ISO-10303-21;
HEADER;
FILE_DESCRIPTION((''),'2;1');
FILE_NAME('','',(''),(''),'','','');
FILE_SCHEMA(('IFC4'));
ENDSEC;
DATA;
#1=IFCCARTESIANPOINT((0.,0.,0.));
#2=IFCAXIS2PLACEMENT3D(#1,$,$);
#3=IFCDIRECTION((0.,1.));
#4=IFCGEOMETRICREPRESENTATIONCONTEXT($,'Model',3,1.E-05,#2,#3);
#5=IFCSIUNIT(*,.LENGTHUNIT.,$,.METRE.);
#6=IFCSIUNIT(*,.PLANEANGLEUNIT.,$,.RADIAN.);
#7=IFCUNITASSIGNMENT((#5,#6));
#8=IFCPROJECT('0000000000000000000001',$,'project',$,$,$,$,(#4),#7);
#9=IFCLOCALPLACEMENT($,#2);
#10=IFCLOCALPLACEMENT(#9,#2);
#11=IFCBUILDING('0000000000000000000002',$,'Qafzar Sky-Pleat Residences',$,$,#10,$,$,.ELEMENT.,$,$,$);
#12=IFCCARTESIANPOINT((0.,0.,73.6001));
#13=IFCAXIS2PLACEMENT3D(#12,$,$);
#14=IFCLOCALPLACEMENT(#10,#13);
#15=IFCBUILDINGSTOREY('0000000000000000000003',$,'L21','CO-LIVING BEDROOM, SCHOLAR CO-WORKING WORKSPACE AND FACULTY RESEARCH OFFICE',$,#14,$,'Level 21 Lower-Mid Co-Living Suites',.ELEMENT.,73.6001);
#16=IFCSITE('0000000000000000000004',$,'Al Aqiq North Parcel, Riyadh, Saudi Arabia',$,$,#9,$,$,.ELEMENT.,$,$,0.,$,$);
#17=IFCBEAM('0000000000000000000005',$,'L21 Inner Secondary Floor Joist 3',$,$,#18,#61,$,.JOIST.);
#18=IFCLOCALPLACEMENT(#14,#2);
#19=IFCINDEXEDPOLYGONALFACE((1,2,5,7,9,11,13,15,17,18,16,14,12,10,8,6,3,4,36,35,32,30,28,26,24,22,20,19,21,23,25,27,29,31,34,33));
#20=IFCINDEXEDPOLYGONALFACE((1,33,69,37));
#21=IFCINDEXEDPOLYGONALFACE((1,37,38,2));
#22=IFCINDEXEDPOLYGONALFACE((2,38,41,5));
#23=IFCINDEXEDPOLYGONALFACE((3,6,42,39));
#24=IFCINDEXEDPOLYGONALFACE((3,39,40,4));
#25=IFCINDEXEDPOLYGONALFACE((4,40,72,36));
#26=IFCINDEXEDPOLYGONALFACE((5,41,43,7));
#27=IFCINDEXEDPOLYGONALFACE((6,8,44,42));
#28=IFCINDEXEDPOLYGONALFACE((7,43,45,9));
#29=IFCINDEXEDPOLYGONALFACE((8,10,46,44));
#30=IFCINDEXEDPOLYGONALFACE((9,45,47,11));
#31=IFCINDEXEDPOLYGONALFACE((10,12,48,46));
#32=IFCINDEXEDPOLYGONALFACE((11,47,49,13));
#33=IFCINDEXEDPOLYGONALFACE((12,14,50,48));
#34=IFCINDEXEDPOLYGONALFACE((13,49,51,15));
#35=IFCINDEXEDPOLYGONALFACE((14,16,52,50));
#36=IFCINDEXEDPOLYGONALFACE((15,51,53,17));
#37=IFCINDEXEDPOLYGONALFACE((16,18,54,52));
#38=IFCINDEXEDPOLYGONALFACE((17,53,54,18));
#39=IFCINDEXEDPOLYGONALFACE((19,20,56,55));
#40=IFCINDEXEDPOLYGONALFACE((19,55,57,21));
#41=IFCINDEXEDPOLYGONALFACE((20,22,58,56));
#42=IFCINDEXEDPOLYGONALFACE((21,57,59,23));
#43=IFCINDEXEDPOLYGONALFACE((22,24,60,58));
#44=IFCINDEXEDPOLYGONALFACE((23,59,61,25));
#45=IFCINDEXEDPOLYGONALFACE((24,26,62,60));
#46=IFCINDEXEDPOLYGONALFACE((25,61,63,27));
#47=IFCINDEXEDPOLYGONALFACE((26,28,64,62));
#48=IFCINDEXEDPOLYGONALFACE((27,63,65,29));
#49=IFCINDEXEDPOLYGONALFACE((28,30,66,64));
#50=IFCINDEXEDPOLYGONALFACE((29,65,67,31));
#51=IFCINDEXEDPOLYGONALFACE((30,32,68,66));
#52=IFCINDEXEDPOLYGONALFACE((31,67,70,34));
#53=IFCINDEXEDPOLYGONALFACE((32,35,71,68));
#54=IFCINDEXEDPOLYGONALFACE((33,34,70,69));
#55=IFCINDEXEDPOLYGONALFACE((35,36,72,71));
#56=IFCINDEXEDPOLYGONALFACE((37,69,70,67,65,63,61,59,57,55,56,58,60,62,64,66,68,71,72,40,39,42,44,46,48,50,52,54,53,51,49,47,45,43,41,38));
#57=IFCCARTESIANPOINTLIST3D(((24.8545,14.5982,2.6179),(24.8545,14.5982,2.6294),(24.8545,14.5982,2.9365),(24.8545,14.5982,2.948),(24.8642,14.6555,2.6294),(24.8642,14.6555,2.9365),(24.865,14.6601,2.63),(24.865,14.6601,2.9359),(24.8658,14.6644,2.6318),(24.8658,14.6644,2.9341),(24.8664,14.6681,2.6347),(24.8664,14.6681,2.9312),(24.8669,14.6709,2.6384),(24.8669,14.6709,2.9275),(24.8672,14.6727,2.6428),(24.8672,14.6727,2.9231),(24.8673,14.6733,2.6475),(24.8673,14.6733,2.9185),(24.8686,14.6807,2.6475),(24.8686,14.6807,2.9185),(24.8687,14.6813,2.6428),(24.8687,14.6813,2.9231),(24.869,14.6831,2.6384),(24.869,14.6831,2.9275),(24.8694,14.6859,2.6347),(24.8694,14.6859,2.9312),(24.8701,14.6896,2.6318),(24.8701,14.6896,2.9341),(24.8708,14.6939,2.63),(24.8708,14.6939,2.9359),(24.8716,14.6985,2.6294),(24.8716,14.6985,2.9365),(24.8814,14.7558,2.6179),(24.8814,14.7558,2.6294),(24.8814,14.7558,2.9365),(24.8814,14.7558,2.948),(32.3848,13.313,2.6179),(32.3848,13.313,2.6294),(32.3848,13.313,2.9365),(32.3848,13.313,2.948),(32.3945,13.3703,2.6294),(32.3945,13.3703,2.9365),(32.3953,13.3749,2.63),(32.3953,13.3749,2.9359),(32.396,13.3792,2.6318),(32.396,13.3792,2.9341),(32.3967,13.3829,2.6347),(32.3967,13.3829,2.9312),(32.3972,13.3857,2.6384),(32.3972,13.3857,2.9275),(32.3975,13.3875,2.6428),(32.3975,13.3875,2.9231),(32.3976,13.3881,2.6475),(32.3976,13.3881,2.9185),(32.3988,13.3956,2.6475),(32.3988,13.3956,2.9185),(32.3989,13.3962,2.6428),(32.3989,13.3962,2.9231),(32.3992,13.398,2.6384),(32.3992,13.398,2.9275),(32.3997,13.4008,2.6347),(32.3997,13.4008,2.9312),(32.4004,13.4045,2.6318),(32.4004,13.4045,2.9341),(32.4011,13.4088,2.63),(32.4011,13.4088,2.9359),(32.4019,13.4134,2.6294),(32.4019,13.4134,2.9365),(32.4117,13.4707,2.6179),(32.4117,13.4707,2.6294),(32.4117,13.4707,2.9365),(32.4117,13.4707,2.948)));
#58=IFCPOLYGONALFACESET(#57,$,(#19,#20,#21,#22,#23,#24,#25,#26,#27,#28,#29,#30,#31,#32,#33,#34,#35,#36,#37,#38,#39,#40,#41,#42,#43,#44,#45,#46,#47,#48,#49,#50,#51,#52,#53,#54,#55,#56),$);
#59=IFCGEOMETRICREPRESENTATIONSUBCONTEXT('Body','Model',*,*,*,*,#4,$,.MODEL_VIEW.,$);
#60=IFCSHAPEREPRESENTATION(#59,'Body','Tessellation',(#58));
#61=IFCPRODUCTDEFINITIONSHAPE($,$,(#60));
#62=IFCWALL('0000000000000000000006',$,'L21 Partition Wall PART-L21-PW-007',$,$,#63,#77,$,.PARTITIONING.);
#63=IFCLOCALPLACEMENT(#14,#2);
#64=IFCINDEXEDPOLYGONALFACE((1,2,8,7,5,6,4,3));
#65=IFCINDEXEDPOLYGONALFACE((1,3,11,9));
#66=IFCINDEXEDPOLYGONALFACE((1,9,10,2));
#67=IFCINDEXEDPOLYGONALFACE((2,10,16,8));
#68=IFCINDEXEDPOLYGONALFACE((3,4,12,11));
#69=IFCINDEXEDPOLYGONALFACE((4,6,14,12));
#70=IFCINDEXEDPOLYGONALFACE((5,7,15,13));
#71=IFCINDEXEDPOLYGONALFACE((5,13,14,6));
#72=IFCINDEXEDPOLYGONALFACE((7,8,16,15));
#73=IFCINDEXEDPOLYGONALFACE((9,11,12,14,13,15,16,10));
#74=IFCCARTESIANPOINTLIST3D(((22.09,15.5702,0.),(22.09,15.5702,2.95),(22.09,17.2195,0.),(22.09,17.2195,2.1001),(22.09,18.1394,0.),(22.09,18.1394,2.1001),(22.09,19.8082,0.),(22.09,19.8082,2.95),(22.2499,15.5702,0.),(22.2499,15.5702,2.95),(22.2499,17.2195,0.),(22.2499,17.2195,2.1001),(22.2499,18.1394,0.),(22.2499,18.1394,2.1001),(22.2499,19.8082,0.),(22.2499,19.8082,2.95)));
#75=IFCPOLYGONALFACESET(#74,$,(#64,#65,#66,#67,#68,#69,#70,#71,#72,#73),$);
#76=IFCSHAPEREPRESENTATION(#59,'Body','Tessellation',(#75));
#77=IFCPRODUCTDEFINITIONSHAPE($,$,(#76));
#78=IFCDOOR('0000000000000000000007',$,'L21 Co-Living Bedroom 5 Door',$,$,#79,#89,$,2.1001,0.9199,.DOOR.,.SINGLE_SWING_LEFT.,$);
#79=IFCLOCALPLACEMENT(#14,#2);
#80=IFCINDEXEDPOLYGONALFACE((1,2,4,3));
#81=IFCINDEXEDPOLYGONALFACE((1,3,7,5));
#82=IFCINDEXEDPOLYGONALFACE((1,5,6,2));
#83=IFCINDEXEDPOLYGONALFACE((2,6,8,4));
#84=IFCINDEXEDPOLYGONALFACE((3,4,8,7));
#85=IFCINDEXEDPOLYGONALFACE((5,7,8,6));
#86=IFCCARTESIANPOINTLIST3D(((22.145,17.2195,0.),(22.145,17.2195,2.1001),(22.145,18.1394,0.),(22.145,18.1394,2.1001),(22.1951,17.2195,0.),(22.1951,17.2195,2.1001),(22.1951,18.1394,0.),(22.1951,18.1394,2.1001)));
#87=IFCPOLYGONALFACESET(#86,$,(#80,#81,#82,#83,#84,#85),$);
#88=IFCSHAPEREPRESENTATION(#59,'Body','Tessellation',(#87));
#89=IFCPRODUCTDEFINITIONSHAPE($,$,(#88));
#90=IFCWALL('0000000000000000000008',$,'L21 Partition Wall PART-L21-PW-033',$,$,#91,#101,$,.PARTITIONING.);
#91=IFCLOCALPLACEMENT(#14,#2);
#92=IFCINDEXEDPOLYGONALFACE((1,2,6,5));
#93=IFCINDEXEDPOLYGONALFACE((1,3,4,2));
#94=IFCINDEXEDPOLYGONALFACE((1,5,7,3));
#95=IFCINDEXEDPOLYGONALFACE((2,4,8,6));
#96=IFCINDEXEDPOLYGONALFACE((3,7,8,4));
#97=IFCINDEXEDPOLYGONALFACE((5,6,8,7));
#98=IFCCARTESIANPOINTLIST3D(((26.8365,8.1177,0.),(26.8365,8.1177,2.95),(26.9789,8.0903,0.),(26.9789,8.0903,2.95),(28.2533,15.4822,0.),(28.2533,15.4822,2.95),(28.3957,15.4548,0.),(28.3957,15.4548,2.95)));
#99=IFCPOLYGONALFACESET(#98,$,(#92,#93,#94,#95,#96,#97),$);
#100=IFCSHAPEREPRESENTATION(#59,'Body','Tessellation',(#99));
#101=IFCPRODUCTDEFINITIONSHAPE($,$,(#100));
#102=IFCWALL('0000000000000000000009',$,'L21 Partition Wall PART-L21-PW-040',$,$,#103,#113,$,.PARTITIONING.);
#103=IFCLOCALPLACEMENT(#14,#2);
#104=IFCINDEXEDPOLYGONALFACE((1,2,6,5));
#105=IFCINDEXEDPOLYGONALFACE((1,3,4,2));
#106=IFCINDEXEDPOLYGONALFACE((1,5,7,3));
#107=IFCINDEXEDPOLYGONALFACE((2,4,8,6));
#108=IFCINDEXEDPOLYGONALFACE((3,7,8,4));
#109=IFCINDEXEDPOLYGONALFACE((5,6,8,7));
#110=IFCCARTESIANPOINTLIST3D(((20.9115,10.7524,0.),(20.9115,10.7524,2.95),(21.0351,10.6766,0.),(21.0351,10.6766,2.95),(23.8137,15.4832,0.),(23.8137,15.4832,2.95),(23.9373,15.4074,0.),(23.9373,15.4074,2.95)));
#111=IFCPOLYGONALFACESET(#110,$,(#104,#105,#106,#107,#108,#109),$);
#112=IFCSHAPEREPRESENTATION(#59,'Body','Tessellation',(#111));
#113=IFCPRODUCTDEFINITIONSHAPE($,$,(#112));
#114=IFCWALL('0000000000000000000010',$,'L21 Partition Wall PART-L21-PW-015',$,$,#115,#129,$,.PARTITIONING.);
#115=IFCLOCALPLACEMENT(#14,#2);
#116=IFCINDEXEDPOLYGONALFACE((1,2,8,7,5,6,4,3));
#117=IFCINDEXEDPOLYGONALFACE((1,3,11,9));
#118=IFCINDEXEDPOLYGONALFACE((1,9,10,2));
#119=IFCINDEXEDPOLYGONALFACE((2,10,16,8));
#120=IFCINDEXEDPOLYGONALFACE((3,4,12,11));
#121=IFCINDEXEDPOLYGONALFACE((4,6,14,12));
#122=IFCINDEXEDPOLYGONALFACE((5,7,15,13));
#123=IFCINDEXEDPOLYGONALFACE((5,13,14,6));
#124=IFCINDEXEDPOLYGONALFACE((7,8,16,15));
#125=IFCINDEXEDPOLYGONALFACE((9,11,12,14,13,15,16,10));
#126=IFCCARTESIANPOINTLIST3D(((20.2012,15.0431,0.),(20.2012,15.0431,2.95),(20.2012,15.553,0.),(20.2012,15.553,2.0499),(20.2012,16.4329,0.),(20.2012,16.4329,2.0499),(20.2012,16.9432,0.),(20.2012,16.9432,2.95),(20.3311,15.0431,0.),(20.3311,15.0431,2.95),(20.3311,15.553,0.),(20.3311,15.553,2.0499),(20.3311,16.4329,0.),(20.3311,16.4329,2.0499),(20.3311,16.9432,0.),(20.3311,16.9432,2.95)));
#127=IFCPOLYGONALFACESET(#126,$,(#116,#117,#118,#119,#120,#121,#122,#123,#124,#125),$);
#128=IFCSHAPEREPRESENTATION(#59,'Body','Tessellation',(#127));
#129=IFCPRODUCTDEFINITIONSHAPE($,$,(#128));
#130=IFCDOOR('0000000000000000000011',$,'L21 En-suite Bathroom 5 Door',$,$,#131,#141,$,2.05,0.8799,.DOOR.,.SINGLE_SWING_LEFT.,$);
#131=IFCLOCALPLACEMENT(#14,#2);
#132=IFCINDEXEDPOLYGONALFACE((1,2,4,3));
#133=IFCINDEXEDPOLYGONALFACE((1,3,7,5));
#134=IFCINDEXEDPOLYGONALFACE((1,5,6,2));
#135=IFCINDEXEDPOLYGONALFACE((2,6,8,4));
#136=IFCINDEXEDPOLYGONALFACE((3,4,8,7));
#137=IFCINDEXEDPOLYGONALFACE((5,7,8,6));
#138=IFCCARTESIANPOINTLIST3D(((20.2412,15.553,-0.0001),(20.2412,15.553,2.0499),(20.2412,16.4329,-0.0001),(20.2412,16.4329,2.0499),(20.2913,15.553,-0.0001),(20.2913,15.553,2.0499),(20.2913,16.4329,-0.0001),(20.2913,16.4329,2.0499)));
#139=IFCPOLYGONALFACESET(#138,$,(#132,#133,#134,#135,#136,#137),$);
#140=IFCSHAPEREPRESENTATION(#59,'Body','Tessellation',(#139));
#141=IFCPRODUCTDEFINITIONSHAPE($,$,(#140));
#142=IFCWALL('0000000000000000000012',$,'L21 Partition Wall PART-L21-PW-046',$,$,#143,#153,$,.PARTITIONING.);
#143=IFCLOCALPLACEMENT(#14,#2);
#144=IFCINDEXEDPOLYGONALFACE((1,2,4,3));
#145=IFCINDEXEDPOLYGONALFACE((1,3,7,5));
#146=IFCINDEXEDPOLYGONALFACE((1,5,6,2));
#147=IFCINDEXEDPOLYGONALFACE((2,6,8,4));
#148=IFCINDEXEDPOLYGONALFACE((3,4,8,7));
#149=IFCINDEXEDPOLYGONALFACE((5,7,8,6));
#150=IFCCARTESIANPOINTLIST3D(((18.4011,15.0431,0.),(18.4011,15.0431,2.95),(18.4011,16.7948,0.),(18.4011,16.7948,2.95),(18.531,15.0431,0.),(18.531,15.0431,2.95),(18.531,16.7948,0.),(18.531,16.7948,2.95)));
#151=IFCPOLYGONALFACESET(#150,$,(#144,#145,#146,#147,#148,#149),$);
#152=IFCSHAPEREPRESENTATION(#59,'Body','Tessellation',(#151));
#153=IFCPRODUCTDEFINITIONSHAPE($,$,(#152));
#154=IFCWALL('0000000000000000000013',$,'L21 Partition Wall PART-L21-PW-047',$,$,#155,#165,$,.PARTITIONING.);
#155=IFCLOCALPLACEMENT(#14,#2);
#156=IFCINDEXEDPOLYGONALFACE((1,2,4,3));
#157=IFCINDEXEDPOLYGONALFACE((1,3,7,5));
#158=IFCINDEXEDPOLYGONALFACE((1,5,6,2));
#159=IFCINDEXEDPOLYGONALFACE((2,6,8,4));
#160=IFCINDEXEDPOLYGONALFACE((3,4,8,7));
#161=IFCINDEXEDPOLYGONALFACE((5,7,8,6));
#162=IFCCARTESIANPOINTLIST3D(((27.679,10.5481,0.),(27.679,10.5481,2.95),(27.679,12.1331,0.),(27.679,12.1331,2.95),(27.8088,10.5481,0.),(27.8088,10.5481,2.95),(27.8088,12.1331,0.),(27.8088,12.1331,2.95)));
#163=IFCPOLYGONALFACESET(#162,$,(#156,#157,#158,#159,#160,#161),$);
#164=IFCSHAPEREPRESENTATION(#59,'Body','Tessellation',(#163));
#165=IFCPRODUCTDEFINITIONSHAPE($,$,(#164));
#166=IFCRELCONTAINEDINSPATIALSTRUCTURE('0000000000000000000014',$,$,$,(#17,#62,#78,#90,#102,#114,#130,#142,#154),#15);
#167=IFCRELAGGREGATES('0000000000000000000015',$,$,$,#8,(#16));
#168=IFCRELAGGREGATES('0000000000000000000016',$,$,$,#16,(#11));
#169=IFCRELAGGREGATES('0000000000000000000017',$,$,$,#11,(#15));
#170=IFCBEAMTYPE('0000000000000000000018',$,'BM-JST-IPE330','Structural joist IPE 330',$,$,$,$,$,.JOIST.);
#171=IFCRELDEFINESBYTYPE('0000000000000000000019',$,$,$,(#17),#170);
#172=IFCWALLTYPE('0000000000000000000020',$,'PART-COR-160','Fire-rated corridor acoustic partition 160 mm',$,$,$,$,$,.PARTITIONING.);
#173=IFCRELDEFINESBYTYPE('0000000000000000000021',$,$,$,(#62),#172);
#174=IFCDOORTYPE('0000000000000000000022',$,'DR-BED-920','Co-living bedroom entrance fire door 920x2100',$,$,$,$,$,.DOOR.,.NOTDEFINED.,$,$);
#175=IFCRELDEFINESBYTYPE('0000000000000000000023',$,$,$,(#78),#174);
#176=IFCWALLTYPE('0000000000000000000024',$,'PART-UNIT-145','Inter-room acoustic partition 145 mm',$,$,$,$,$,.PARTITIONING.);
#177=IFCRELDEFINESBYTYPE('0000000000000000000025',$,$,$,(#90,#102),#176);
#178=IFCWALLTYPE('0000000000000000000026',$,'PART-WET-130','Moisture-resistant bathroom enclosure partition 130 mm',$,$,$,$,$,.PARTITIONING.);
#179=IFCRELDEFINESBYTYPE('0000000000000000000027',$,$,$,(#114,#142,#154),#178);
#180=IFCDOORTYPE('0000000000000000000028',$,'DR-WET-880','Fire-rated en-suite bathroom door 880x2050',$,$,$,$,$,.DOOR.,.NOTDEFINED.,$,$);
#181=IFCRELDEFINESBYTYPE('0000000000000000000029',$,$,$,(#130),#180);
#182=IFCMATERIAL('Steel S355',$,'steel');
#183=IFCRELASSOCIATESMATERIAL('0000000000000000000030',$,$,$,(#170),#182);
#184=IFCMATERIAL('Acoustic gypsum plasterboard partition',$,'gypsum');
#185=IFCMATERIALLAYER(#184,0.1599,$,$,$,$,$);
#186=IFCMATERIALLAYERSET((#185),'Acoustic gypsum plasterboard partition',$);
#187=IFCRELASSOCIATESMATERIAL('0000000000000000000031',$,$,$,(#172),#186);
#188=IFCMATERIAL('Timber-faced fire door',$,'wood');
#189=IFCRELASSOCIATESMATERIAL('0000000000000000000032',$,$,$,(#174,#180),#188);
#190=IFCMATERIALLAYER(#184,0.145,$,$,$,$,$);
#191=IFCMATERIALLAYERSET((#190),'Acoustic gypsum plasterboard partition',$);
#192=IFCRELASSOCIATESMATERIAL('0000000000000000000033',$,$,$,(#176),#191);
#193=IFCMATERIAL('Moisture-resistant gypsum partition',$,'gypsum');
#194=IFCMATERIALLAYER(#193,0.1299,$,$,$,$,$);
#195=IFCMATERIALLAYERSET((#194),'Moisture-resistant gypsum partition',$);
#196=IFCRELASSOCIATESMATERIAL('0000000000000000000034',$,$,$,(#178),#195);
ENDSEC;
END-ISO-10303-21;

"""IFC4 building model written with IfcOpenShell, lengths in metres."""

from ifc_helpers import new_model, si_unit, direction, frame, frame_2d, origin, origin_2d, place, context, subcontext, project, spatial, rectangle, i_section, extrude, source, transform, mapped, material, layer, layer_set, material_profile, profile_set, type_object, element, fill, save


model = new_model("IFC4")

# Units and contexts
model_context = context("Model", 3, precision=1e-05, world=origin(), true_north=direction((0.0, 1.0)))
body_context = subcontext(model_context, "Body", "Model", "MODEL_VIEW")
ifc_project = project(units=[si_unit("LENGTHUNIT", "METRE"), si_unit("PLANEANGLEUNIT", "RADIAN")], contexts=[model_context])

# Site, building, storey
site_placement = place(None, origin())
site = spatial("IfcSite", under=ifc_project, at=site_placement, Name="Al Aqiq North Parcel, Riyadh, Saudi Arabia", CompositionType="ELEMENT", RefElevation=0.0)
building_placement = place(site_placement, origin())
building = spatial("IfcBuilding", under=site, at=building_placement, Name="Qafzar Sky-Pleat Residences", CompositionType="ELEMENT")
storey_placement = place(building_placement, frame((0.0, 0.0, 73.6001)))
storey = spatial("IfcBuildingStorey", under=building, at=storey_placement, Name="L21", Description="CO-LIVING BEDROOM, SCHOLAR CO-WORKING WORKSPACE AND FACULTY RESEARCH OFFICE", LongName="Level 21 Lower-Mid Co-Living Suites", CompositionType="ELEMENT", Elevation=73.6001)

# Beam
ifc_material_1 = material(Name="Steel S355", Category="steel")
ifc_material_profile_1 = material_profile(ifc_material_1, i_section(OverallWidth=0.1599, OverallDepth=0.3301, WebThickness=0.0076, FlangeThickness=0.0115, FilletRadius=0.0181, at=origin_2d()), Name="IPE 330")
ifc_profile_set_1 = profile_set([ifc_material_profile_1], Name="Steel S355")
beam_type_1 = type_object("IfcBeamType", Name="BM-JST-IPE330", Description="Structural joist IPE 330", PredefinedType="JOIST", material=ifc_profile_set_1)
shared_shape_1 = source(origin(), body_context, "Body", "SweptSolid", [
    extrude(i_section(OverallWidth=0.1599, OverallDepth=0.3301, WebThickness=0.0076, FlangeThickness=0.0115, FilletRadius=0.0181, at=origin_2d()), origin(), (0.0, 0.0, 1.0), 7.6392),
])
beam_1_placement = place(storey_placement, frame((24.8679, 14.677, 2.783), z_axis=(0.985747, -0.168233, 0.0), x_axis=(0.168233, 0.985747, 0.0)))
element("IfcBeam", 1, at=beam_1_placement, inside=storey, type_object=beam_type_1, Name="L21 Inner Secondary Floor Joist 3", PredefinedType="JOIST", context=body_context, shape_type="MappedRepresentation", body=[
    mapped(shared_shape_1, transform((0.0, 0.0, 0.0), x_axis=(1.0, 0.0, 0.0), y_axis=(0.0, 1.0, 0.0), z_axis=(0.0, 0.0, 1.0), scale=1.0)),
])

# Wall, opening, door
ifc_material_2 = material(Name="Acoustic gypsum plasterboard partition", Category="gypsum")
ifc_layer_1 = layer(ifc_material_2, 0.1599)
ifc_layer_set_1 = layer_set([ifc_layer_1], Name="Acoustic gypsum plasterboard partition")
wall_type_1 = type_object("IfcWallType", Name="PART-COR-160", Description="Fire-rated corridor acoustic partition 160 mm", PredefinedType="PARTITIONING", material=ifc_layer_set_1)
wall_1_placement = place(storey_placement, frame((22.1699, 15.5701, 0.0), z_axis=(0.0, 0.0, 1.0), x_axis=(0.0, 1.0, 0.0)))
wall_1 = element("IfcWall", 2, at=wall_1_placement, inside=storey, type_object=wall_type_1, Name="L21 Partition Wall PART-L21-PW-007", PredefinedType="PARTITIONING", context=body_context, shape_type="SweptSolid", body=[
    extrude(rectangle(XDim=4.238, YDim=0.1599, at=frame_2d((2.1191, 0.0))), origin(), (0.0, 0.0, 1.0), 2.95),
])
opening_1_placement = place(wall_1_placement, frame((1.6494, 0.0, 0.0)))
opening_1 = element("IfcOpeningElement", 3, at=opening_1_placement, cuts=wall_1, PredefinedType="OPENING", context=body_context, shape_type="SweptSolid", body=[
    extrude(rectangle(XDim=0.9199, YDim=2.1001, at=frame_2d((0.46, 1.05))), frame((0.0, 0.0898, 0.0), z_axis=(0.0, -1.0, 0.0), x_axis=(1.0, 0.0, 0.0)), (0.0, 0.0, 1.0), 0.1799),
])
ifc_material_3 = material(Name="Timber-faced fire door", Category="wood")
door_type_1 = type_object("IfcDoorType", Name="DR-BED-920", Description="Co-living bedroom entrance fire door 920x2100", OperationType="NOTDEFINED", PredefinedType="DOOR", material=ifc_material_3)
shared_shape_2 = source(origin(), body_context, "Body", "SweptSolid", [
    extrude(rectangle(XDim=0.9199, YDim=2.1001, at=frame_2d((0.46, 1.05))), frame((0.0, 0.0249, 0.0), z_axis=(0.0, -1.0, 0.0), x_axis=(1.0, 0.0, 0.0)), (0.0, 0.0, 1.0), 0.05),
])
door_1_placement = place(opening_1_placement, origin())
door_1 = element("IfcDoor", 4, at=door_1_placement, inside=storey, type_object=door_type_1, Name="L21 Co-Living Bedroom 5 Door", OperationType="SINGLE_SWING_LEFT", OverallHeight=2.1001, OverallWidth=0.9199, PredefinedType="DOOR", context=body_context, shape_type="MappedRepresentation", body=[
    mapped(shared_shape_2, transform((0.0, 0.0, 0.0), x_axis=(1.0, 0.0, 0.0), y_axis=(0.0, 1.0, 0.0), z_axis=(0.0, 0.0, 1.0), scale=1.0)),
])
fill(opening_1, door_1)

# Walls
ifc_layer_2 = layer(ifc_material_2, 0.145)
ifc_layer_set_2 = layer_set([ifc_layer_2], Name="Acoustic gypsum plasterboard partition")
wall_type_2 = type_object("IfcWallType", Name="PART-UNIT-145", Description="Inter-room acoustic partition 145 mm", PredefinedType="PARTITIONING", material=ifc_layer_set_2)
wall_2_placement = place(storey_placement, frame((26.9077, 8.104, 0.0), z_axis=(0.0, 0.0, 1.0), x_axis=(0.188911, 0.981994, 0.0)))
element("IfcWall", 5, at=wall_2_placement, inside=storey, type_object=wall_type_2, Name="L21 Partition Wall PART-L21-PW-033", PredefinedType="PARTITIONING", context=body_context, shape_type="SweptSolid", body=[
    extrude(rectangle(XDim=7.4995, YDim=0.145, at=frame_2d((3.7498, 0.0))), origin(), (0.0, 0.0, 1.0), 2.95),
])
wall_3_placement = place(storey_placement, frame((20.9734, 10.7146, 0.0), z_axis=(0.0, 0.0, 1.0), x_axis=(0.522907, 0.85239, 0.0)))
element("IfcWall", 6, at=wall_3_placement, inside=storey, type_object=wall_type_2, Name="L21 Partition Wall PART-L21-PW-040", PredefinedType="PARTITIONING", context=body_context, shape_type="SweptSolid", body=[
    extrude(rectangle(XDim=5.55, YDim=0.145, at=frame_2d((2.7749, 0.0))), origin(), (0.0, 0.0, 1.0), 2.95),
])

# Wall, opening, door
ifc_material_4 = material(Name="Moisture-resistant gypsum partition", Category="gypsum")
ifc_layer_3 = layer(ifc_material_4, 0.1299)
ifc_layer_set_3 = layer_set([ifc_layer_3], Name="Moisture-resistant gypsum partition")
wall_type_3 = type_object("IfcWallType", Name="PART-WET-130", Description="Moisture-resistant bathroom enclosure partition 130 mm", PredefinedType="PARTITIONING", material=ifc_layer_set_3)
wall_4_placement = place(storey_placement, frame((20.2661, 15.043, 0.0), z_axis=(0.0, 0.0, 1.0), x_axis=(0.0, 1.0, 0.0)))
wall_4 = element("IfcWall", 7, at=wall_4_placement, inside=storey, type_object=wall_type_3, Name="L21 Partition Wall PART-L21-PW-015", PredefinedType="PARTITIONING", context=body_context, shape_type="SweptSolid", body=[
    extrude(rectangle(XDim=1.9001, YDim=0.1299, at=frame_2d((0.9502, 0.0))), origin(), (0.0, 0.0, 1.0), 2.95),
])
opening_2_placement = place(wall_4_placement, frame((0.51, 0.0, 0.0)))
opening_2 = element("IfcOpeningElement", 8, at=opening_2_placement, cuts=wall_4, PredefinedType="OPENING", context=body_context, shape_type="SweptSolid", body=[
    extrude(rectangle(XDim=0.8799, YDim=2.05, at=frame_2d((0.4399, 1.0249))), frame((0.0, 0.075, 0.0), z_axis=(0.0, -1.0, 0.0), x_axis=(1.0, 0.0, 0.0)), (0.0, 0.0, 1.0), 0.1499),
])
door_type_2 = type_object("IfcDoorType", Name="DR-WET-880", Description="Fire-rated en-suite bathroom door 880x2050", OperationType="NOTDEFINED", PredefinedType="DOOR", material=ifc_material_3)
shared_shape_3 = source(origin(), body_context, "Body", "SweptSolid", [
    extrude(rectangle(XDim=0.8799, YDim=2.05, at=frame_2d((0.4399, 1.0249))), frame((0.0, 0.0249, 0.0), z_axis=(0.0, -1.0, 0.0), x_axis=(1.0, 0.0, 0.0)), (0.0, 0.0, 1.0), 0.05),
])
door_2_placement = place(opening_2_placement, origin())
door_2 = element("IfcDoor", 9, at=door_2_placement, inside=storey, type_object=door_type_2, Name="L21 En-suite Bathroom 5 Door", OperationType="SINGLE_SWING_LEFT", OverallHeight=2.05, OverallWidth=0.8799, PredefinedType="DOOR", context=body_context, shape_type="MappedRepresentation", body=[
    mapped(shared_shape_3, transform((0.0, 0.0, 0.0), x_axis=(1.0, 0.0, 0.0), y_axis=(0.0, 1.0, 0.0), z_axis=(0.0, 0.0, 1.0), scale=1.0)),
])
fill(opening_2, door_2)

# Walls
wall_5_placement = place(storey_placement, frame((18.4661, 15.043, 0.0), z_axis=(0.0, 0.0, 1.0), x_axis=(0.0, 1.0, 0.0)))
element("IfcWall", 10, at=wall_5_placement, inside=storey, type_object=wall_type_3, Name="L21 Partition Wall PART-L21-PW-046", PredefinedType="PARTITIONING", context=body_context, shape_type="SweptSolid", body=[
    extrude(rectangle(XDim=1.7517, YDim=0.1299, at=frame_2d((0.876, 0.0))), origin(), (0.0, 0.0, 1.0), 2.95),
])
wall_6_placement = place(storey_placement, frame((27.7439, 10.5481, 0.0), z_axis=(0.0, 0.0, 1.0), x_axis=(0.0, 1.0, 0.0)))
element("IfcWall", 11, at=wall_6_placement, inside=storey, type_object=wall_type_3, Name="L21 Partition Wall PART-L21-PW-047", PredefinedType="PARTITIONING", context=body_context, shape_type="SweptSolid", body=[
    extrude(rectangle(XDim=1.585, YDim=0.1299, at=frame_2d((0.7925, 0.0))), origin(), (0.0, 0.0, 1.0), 2.95),
])

save(model, "model.ifc")
